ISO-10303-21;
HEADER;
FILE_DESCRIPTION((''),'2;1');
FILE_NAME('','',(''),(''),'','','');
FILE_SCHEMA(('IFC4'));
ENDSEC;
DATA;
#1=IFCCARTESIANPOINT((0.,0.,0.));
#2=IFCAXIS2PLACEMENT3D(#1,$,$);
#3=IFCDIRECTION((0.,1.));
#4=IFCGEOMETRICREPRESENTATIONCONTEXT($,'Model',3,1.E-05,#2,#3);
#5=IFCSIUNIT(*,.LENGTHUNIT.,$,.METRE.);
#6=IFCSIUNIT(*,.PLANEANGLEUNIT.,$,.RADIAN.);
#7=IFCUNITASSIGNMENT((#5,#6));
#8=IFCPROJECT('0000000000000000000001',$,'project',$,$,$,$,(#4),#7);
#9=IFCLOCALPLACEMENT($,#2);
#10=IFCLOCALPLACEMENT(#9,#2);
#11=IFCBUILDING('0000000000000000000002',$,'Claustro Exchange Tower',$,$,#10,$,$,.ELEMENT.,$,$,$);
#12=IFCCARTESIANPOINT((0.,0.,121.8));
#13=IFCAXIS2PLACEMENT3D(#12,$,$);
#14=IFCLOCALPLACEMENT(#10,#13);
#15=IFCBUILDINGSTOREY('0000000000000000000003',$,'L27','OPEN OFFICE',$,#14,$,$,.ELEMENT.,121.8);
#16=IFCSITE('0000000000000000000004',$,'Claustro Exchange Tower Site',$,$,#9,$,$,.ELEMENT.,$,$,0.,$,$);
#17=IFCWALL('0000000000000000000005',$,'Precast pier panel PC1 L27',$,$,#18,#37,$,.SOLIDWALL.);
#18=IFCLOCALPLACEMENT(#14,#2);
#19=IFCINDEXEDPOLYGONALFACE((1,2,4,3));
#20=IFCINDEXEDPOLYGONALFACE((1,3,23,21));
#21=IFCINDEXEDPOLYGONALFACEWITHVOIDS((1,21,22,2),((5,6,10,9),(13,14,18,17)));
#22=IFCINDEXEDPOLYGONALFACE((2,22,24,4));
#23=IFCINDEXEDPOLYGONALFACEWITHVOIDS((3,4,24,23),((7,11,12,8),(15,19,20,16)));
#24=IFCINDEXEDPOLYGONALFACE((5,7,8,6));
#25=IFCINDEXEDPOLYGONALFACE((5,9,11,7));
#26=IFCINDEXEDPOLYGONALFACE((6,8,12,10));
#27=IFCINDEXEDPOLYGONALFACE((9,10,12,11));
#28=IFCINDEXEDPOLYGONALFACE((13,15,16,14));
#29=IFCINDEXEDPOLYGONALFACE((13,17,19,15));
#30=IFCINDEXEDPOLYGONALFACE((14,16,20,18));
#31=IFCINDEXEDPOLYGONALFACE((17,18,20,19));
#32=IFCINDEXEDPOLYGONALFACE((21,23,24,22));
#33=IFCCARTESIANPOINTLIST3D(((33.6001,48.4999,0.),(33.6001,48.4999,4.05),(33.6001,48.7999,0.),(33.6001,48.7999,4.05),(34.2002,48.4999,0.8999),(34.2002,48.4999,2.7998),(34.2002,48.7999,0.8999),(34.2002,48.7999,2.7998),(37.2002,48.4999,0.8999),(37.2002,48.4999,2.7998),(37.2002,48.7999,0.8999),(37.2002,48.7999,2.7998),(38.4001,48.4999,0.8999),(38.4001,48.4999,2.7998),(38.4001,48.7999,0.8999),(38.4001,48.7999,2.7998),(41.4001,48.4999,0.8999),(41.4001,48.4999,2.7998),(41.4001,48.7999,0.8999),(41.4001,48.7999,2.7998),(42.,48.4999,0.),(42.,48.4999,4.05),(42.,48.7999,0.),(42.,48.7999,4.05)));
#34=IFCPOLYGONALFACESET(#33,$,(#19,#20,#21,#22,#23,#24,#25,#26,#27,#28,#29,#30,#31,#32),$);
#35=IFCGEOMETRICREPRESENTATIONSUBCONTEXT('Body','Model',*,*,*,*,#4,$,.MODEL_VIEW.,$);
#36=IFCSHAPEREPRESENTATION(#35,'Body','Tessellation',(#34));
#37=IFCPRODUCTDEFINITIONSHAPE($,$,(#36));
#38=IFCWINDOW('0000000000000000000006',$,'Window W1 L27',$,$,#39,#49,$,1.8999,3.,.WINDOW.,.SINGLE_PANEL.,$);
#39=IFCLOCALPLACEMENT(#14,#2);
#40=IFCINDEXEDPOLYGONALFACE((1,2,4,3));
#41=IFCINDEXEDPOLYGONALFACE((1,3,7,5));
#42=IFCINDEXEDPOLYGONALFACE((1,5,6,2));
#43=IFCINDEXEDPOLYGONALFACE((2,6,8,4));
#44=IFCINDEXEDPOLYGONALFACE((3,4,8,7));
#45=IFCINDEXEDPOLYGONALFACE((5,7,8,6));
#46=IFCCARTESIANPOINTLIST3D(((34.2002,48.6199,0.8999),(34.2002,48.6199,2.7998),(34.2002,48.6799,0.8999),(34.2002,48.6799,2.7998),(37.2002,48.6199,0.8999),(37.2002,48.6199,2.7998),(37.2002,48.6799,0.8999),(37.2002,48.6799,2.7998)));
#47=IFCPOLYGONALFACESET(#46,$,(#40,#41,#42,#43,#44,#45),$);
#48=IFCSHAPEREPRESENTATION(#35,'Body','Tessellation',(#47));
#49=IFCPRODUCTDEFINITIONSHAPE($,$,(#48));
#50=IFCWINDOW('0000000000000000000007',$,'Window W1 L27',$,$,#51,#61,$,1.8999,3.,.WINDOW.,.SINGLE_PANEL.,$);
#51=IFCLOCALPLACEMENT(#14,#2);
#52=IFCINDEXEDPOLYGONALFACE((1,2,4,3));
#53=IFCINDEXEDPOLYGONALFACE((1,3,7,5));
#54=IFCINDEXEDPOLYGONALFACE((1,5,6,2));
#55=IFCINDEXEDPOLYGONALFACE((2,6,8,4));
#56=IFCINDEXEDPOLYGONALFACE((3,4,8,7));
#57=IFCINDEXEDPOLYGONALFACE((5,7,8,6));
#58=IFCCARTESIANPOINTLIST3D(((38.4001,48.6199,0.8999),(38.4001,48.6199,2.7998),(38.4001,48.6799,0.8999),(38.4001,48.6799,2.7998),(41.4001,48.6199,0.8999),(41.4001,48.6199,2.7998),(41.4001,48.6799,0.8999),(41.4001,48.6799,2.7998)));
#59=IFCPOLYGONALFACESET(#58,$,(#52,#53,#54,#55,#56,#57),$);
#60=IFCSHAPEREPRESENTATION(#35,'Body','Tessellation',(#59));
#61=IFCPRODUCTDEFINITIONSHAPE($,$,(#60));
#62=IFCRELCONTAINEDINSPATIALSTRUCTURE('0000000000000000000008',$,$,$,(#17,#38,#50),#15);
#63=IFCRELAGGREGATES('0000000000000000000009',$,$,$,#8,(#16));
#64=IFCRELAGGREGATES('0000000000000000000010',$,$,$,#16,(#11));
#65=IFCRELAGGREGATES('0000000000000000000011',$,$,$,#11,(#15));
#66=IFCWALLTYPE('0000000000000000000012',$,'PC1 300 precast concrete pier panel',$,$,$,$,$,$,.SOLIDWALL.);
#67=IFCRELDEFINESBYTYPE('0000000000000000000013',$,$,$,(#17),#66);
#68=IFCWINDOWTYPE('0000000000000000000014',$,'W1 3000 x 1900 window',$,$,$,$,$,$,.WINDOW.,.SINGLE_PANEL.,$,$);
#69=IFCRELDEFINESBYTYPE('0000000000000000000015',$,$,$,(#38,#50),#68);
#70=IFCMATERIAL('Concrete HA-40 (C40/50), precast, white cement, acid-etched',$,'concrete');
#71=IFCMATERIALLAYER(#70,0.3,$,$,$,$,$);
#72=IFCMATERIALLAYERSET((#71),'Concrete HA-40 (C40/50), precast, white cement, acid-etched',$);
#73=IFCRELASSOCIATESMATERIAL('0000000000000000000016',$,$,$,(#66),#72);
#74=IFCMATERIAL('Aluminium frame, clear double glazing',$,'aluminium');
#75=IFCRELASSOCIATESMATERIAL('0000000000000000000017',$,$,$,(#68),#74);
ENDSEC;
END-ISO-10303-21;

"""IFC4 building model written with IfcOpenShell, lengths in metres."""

from ifc_helpers import new_model, si_unit, direction, frame, frame_2d, origin, place, context, subcontext, project, spatial, rectangle, extrude, material, layer, layer_set, type_object, element, fill, save


model = new_model("IFC4")

# Units and contexts
model_context = context("Model", 3, precision=1e-05, world=origin(), true_north=direction((0.0, 1.0)))
body_context = subcontext(model_context, "Body", "Model", "MODEL_VIEW")
ifc_project = project(units=[si_unit("LENGTHUNIT", "METRE"), si_unit("PLANEANGLEUNIT", "RADIAN")], contexts=[model_context])

# Site, building, storey
site_placement = place(None, origin())
site = spatial("IfcSite", under=ifc_project, at=site_placement, Name="Claustro Exchange Tower Site", CompositionType="ELEMENT", RefElevation=0.0)
building_placement = place(site_placement, origin())
building = spatial("IfcBuilding", under=site, at=building_placement, Name="Claustro Exchange Tower", CompositionType="ELEMENT")
storey_placement = place(building_placement, frame((0.0, 0.0, 121.8)))
storey = spatial("IfcBuildingStorey", under=building, at=storey_placement, Name="L27", Description="OPEN OFFICE", CompositionType="ELEMENT", Elevation=121.8)

# Wall, openings, windows
ifc_material_1 = material(Name="Concrete HA-40 (C40/50), precast, white cement, acid-etched", Category="concrete")
ifc_layer_1 = layer(ifc_material_1, 0.3)
ifc_layer_set_1 = layer_set([ifc_layer_1], Name="Concrete HA-40 (C40/50), precast, white cement, acid-etched")
wall_type_1 = type_object("IfcWallType", Name="PC1 300 precast concrete pier panel", PredefinedType="SOLIDWALL", material=ifc_layer_set_1)
ifc_material_2 = material(Name="Aluminium frame, clear double glazing", Category="aluminium")
window_type = type_object("IfcWindowType", Name="W1 3000 x 1900 window", PartitioningType="SINGLE_PANEL", PredefinedType="WINDOW", material=ifc_material_2)
wall_1_placement = place(storey_placement, frame((33.6001, 48.6499, 0.0), z_axis=(0.0, 0.0, 1.0), x_axis=(1.0, 0.0, 0.0)))
wall_1 = element("IfcWall", 1, at=wall_1_placement, inside=storey, type_object=wall_type_1, Name="Precast pier panel PC1 L27", PredefinedType="SOLIDWALL", context=body_context, shape_type="SweptSolid", body=[
    extrude(rectangle(XDim=8.3999, YDim=0.3, at=frame_2d((4.2, 0.0))), origin(), (0.0, 0.0, 1.0), 4.05),
])
opening_1_placement = place(wall_1_placement, frame((0.6001, 0.0, 0.8999)))
opening_1 = element("IfcOpeningElement", 2, at=opening_1_placement, cuts=wall_1, PredefinedType="OPENING", context=body_context, shape_type="SweptSolid", body=[
    extrude(rectangle(XDim=3.0, YDim=1.8999, at=frame_2d((1.5, 0.95))), frame((0.0, 0.1599, 0.0), z_axis=(0.0, -1.0, 0.0), x_axis=(1.0, 0.0, 0.0)), (0.0, 0.0, 1.0), 0.3201),
])
opening_2_placement = place(wall_1_placement, frame((4.8, 0.0, 0.8999)))
opening_2 = element("IfcOpeningElement", 3, at=opening_2_placement, cuts=wall_1, PredefinedType="OPENING", context=body_context, shape_type="SweptSolid", body=[
    extrude(rectangle(XDim=3.0, YDim=1.8999, at=frame_2d((1.5, 0.95))), frame((0.0, 0.1599, 0.0), z_axis=(0.0, -1.0, 0.0), x_axis=(1.0, 0.0, 0.0)), (0.0, 0.0, 1.0), 0.3201),
])
window_1_placement = place(opening_1_placement, origin())
window_1 = element("IfcWindow", 4, at=window_1_placement, inside=storey, type_object=window_type, Name="Window W1 L27", OverallHeight=1.8999, OverallWidth=3.0, PartitioningType="SINGLE_PANEL", PredefinedType="WINDOW", context=body_context, shape_type="SweptSolid", body=[
    extrude(rectangle(XDim=3.0, YDim=1.8999, at=frame_2d((1.5, 0.95))), frame((0.0, 0.03, 0.0), z_axis=(0.0, -1.0, 0.0), x_axis=(1.0, 0.0, 0.0)), (0.0, 0.0, 1.0), 0.0601),
])
fill(opening_1, window_1)
window_2_placement = place(opening_2_placement, origin())
window_2 = element("IfcWindow", 5, at=window_2_placement, inside=storey, type_object=window_type, Name="Window W1 L27", OverallHeight=1.8999, OverallWidth=3.0, PartitioningType="SINGLE_PANEL", PredefinedType="WINDOW", context=body_context, shape_type="SweptSolid", body=[
    extrude(rectangle(XDim=3.0, YDim=1.8999, at=frame_2d((1.5, 0.95))), frame((0.0, 0.03, 0.0), z_axis=(0.0, -1.0, 0.0), x_axis=(1.0, 0.0, 0.0)), (0.0, 0.0, 1.0), 0.0601),
])
fill(opening_2, window_2)

save(model, "model.ifc")
